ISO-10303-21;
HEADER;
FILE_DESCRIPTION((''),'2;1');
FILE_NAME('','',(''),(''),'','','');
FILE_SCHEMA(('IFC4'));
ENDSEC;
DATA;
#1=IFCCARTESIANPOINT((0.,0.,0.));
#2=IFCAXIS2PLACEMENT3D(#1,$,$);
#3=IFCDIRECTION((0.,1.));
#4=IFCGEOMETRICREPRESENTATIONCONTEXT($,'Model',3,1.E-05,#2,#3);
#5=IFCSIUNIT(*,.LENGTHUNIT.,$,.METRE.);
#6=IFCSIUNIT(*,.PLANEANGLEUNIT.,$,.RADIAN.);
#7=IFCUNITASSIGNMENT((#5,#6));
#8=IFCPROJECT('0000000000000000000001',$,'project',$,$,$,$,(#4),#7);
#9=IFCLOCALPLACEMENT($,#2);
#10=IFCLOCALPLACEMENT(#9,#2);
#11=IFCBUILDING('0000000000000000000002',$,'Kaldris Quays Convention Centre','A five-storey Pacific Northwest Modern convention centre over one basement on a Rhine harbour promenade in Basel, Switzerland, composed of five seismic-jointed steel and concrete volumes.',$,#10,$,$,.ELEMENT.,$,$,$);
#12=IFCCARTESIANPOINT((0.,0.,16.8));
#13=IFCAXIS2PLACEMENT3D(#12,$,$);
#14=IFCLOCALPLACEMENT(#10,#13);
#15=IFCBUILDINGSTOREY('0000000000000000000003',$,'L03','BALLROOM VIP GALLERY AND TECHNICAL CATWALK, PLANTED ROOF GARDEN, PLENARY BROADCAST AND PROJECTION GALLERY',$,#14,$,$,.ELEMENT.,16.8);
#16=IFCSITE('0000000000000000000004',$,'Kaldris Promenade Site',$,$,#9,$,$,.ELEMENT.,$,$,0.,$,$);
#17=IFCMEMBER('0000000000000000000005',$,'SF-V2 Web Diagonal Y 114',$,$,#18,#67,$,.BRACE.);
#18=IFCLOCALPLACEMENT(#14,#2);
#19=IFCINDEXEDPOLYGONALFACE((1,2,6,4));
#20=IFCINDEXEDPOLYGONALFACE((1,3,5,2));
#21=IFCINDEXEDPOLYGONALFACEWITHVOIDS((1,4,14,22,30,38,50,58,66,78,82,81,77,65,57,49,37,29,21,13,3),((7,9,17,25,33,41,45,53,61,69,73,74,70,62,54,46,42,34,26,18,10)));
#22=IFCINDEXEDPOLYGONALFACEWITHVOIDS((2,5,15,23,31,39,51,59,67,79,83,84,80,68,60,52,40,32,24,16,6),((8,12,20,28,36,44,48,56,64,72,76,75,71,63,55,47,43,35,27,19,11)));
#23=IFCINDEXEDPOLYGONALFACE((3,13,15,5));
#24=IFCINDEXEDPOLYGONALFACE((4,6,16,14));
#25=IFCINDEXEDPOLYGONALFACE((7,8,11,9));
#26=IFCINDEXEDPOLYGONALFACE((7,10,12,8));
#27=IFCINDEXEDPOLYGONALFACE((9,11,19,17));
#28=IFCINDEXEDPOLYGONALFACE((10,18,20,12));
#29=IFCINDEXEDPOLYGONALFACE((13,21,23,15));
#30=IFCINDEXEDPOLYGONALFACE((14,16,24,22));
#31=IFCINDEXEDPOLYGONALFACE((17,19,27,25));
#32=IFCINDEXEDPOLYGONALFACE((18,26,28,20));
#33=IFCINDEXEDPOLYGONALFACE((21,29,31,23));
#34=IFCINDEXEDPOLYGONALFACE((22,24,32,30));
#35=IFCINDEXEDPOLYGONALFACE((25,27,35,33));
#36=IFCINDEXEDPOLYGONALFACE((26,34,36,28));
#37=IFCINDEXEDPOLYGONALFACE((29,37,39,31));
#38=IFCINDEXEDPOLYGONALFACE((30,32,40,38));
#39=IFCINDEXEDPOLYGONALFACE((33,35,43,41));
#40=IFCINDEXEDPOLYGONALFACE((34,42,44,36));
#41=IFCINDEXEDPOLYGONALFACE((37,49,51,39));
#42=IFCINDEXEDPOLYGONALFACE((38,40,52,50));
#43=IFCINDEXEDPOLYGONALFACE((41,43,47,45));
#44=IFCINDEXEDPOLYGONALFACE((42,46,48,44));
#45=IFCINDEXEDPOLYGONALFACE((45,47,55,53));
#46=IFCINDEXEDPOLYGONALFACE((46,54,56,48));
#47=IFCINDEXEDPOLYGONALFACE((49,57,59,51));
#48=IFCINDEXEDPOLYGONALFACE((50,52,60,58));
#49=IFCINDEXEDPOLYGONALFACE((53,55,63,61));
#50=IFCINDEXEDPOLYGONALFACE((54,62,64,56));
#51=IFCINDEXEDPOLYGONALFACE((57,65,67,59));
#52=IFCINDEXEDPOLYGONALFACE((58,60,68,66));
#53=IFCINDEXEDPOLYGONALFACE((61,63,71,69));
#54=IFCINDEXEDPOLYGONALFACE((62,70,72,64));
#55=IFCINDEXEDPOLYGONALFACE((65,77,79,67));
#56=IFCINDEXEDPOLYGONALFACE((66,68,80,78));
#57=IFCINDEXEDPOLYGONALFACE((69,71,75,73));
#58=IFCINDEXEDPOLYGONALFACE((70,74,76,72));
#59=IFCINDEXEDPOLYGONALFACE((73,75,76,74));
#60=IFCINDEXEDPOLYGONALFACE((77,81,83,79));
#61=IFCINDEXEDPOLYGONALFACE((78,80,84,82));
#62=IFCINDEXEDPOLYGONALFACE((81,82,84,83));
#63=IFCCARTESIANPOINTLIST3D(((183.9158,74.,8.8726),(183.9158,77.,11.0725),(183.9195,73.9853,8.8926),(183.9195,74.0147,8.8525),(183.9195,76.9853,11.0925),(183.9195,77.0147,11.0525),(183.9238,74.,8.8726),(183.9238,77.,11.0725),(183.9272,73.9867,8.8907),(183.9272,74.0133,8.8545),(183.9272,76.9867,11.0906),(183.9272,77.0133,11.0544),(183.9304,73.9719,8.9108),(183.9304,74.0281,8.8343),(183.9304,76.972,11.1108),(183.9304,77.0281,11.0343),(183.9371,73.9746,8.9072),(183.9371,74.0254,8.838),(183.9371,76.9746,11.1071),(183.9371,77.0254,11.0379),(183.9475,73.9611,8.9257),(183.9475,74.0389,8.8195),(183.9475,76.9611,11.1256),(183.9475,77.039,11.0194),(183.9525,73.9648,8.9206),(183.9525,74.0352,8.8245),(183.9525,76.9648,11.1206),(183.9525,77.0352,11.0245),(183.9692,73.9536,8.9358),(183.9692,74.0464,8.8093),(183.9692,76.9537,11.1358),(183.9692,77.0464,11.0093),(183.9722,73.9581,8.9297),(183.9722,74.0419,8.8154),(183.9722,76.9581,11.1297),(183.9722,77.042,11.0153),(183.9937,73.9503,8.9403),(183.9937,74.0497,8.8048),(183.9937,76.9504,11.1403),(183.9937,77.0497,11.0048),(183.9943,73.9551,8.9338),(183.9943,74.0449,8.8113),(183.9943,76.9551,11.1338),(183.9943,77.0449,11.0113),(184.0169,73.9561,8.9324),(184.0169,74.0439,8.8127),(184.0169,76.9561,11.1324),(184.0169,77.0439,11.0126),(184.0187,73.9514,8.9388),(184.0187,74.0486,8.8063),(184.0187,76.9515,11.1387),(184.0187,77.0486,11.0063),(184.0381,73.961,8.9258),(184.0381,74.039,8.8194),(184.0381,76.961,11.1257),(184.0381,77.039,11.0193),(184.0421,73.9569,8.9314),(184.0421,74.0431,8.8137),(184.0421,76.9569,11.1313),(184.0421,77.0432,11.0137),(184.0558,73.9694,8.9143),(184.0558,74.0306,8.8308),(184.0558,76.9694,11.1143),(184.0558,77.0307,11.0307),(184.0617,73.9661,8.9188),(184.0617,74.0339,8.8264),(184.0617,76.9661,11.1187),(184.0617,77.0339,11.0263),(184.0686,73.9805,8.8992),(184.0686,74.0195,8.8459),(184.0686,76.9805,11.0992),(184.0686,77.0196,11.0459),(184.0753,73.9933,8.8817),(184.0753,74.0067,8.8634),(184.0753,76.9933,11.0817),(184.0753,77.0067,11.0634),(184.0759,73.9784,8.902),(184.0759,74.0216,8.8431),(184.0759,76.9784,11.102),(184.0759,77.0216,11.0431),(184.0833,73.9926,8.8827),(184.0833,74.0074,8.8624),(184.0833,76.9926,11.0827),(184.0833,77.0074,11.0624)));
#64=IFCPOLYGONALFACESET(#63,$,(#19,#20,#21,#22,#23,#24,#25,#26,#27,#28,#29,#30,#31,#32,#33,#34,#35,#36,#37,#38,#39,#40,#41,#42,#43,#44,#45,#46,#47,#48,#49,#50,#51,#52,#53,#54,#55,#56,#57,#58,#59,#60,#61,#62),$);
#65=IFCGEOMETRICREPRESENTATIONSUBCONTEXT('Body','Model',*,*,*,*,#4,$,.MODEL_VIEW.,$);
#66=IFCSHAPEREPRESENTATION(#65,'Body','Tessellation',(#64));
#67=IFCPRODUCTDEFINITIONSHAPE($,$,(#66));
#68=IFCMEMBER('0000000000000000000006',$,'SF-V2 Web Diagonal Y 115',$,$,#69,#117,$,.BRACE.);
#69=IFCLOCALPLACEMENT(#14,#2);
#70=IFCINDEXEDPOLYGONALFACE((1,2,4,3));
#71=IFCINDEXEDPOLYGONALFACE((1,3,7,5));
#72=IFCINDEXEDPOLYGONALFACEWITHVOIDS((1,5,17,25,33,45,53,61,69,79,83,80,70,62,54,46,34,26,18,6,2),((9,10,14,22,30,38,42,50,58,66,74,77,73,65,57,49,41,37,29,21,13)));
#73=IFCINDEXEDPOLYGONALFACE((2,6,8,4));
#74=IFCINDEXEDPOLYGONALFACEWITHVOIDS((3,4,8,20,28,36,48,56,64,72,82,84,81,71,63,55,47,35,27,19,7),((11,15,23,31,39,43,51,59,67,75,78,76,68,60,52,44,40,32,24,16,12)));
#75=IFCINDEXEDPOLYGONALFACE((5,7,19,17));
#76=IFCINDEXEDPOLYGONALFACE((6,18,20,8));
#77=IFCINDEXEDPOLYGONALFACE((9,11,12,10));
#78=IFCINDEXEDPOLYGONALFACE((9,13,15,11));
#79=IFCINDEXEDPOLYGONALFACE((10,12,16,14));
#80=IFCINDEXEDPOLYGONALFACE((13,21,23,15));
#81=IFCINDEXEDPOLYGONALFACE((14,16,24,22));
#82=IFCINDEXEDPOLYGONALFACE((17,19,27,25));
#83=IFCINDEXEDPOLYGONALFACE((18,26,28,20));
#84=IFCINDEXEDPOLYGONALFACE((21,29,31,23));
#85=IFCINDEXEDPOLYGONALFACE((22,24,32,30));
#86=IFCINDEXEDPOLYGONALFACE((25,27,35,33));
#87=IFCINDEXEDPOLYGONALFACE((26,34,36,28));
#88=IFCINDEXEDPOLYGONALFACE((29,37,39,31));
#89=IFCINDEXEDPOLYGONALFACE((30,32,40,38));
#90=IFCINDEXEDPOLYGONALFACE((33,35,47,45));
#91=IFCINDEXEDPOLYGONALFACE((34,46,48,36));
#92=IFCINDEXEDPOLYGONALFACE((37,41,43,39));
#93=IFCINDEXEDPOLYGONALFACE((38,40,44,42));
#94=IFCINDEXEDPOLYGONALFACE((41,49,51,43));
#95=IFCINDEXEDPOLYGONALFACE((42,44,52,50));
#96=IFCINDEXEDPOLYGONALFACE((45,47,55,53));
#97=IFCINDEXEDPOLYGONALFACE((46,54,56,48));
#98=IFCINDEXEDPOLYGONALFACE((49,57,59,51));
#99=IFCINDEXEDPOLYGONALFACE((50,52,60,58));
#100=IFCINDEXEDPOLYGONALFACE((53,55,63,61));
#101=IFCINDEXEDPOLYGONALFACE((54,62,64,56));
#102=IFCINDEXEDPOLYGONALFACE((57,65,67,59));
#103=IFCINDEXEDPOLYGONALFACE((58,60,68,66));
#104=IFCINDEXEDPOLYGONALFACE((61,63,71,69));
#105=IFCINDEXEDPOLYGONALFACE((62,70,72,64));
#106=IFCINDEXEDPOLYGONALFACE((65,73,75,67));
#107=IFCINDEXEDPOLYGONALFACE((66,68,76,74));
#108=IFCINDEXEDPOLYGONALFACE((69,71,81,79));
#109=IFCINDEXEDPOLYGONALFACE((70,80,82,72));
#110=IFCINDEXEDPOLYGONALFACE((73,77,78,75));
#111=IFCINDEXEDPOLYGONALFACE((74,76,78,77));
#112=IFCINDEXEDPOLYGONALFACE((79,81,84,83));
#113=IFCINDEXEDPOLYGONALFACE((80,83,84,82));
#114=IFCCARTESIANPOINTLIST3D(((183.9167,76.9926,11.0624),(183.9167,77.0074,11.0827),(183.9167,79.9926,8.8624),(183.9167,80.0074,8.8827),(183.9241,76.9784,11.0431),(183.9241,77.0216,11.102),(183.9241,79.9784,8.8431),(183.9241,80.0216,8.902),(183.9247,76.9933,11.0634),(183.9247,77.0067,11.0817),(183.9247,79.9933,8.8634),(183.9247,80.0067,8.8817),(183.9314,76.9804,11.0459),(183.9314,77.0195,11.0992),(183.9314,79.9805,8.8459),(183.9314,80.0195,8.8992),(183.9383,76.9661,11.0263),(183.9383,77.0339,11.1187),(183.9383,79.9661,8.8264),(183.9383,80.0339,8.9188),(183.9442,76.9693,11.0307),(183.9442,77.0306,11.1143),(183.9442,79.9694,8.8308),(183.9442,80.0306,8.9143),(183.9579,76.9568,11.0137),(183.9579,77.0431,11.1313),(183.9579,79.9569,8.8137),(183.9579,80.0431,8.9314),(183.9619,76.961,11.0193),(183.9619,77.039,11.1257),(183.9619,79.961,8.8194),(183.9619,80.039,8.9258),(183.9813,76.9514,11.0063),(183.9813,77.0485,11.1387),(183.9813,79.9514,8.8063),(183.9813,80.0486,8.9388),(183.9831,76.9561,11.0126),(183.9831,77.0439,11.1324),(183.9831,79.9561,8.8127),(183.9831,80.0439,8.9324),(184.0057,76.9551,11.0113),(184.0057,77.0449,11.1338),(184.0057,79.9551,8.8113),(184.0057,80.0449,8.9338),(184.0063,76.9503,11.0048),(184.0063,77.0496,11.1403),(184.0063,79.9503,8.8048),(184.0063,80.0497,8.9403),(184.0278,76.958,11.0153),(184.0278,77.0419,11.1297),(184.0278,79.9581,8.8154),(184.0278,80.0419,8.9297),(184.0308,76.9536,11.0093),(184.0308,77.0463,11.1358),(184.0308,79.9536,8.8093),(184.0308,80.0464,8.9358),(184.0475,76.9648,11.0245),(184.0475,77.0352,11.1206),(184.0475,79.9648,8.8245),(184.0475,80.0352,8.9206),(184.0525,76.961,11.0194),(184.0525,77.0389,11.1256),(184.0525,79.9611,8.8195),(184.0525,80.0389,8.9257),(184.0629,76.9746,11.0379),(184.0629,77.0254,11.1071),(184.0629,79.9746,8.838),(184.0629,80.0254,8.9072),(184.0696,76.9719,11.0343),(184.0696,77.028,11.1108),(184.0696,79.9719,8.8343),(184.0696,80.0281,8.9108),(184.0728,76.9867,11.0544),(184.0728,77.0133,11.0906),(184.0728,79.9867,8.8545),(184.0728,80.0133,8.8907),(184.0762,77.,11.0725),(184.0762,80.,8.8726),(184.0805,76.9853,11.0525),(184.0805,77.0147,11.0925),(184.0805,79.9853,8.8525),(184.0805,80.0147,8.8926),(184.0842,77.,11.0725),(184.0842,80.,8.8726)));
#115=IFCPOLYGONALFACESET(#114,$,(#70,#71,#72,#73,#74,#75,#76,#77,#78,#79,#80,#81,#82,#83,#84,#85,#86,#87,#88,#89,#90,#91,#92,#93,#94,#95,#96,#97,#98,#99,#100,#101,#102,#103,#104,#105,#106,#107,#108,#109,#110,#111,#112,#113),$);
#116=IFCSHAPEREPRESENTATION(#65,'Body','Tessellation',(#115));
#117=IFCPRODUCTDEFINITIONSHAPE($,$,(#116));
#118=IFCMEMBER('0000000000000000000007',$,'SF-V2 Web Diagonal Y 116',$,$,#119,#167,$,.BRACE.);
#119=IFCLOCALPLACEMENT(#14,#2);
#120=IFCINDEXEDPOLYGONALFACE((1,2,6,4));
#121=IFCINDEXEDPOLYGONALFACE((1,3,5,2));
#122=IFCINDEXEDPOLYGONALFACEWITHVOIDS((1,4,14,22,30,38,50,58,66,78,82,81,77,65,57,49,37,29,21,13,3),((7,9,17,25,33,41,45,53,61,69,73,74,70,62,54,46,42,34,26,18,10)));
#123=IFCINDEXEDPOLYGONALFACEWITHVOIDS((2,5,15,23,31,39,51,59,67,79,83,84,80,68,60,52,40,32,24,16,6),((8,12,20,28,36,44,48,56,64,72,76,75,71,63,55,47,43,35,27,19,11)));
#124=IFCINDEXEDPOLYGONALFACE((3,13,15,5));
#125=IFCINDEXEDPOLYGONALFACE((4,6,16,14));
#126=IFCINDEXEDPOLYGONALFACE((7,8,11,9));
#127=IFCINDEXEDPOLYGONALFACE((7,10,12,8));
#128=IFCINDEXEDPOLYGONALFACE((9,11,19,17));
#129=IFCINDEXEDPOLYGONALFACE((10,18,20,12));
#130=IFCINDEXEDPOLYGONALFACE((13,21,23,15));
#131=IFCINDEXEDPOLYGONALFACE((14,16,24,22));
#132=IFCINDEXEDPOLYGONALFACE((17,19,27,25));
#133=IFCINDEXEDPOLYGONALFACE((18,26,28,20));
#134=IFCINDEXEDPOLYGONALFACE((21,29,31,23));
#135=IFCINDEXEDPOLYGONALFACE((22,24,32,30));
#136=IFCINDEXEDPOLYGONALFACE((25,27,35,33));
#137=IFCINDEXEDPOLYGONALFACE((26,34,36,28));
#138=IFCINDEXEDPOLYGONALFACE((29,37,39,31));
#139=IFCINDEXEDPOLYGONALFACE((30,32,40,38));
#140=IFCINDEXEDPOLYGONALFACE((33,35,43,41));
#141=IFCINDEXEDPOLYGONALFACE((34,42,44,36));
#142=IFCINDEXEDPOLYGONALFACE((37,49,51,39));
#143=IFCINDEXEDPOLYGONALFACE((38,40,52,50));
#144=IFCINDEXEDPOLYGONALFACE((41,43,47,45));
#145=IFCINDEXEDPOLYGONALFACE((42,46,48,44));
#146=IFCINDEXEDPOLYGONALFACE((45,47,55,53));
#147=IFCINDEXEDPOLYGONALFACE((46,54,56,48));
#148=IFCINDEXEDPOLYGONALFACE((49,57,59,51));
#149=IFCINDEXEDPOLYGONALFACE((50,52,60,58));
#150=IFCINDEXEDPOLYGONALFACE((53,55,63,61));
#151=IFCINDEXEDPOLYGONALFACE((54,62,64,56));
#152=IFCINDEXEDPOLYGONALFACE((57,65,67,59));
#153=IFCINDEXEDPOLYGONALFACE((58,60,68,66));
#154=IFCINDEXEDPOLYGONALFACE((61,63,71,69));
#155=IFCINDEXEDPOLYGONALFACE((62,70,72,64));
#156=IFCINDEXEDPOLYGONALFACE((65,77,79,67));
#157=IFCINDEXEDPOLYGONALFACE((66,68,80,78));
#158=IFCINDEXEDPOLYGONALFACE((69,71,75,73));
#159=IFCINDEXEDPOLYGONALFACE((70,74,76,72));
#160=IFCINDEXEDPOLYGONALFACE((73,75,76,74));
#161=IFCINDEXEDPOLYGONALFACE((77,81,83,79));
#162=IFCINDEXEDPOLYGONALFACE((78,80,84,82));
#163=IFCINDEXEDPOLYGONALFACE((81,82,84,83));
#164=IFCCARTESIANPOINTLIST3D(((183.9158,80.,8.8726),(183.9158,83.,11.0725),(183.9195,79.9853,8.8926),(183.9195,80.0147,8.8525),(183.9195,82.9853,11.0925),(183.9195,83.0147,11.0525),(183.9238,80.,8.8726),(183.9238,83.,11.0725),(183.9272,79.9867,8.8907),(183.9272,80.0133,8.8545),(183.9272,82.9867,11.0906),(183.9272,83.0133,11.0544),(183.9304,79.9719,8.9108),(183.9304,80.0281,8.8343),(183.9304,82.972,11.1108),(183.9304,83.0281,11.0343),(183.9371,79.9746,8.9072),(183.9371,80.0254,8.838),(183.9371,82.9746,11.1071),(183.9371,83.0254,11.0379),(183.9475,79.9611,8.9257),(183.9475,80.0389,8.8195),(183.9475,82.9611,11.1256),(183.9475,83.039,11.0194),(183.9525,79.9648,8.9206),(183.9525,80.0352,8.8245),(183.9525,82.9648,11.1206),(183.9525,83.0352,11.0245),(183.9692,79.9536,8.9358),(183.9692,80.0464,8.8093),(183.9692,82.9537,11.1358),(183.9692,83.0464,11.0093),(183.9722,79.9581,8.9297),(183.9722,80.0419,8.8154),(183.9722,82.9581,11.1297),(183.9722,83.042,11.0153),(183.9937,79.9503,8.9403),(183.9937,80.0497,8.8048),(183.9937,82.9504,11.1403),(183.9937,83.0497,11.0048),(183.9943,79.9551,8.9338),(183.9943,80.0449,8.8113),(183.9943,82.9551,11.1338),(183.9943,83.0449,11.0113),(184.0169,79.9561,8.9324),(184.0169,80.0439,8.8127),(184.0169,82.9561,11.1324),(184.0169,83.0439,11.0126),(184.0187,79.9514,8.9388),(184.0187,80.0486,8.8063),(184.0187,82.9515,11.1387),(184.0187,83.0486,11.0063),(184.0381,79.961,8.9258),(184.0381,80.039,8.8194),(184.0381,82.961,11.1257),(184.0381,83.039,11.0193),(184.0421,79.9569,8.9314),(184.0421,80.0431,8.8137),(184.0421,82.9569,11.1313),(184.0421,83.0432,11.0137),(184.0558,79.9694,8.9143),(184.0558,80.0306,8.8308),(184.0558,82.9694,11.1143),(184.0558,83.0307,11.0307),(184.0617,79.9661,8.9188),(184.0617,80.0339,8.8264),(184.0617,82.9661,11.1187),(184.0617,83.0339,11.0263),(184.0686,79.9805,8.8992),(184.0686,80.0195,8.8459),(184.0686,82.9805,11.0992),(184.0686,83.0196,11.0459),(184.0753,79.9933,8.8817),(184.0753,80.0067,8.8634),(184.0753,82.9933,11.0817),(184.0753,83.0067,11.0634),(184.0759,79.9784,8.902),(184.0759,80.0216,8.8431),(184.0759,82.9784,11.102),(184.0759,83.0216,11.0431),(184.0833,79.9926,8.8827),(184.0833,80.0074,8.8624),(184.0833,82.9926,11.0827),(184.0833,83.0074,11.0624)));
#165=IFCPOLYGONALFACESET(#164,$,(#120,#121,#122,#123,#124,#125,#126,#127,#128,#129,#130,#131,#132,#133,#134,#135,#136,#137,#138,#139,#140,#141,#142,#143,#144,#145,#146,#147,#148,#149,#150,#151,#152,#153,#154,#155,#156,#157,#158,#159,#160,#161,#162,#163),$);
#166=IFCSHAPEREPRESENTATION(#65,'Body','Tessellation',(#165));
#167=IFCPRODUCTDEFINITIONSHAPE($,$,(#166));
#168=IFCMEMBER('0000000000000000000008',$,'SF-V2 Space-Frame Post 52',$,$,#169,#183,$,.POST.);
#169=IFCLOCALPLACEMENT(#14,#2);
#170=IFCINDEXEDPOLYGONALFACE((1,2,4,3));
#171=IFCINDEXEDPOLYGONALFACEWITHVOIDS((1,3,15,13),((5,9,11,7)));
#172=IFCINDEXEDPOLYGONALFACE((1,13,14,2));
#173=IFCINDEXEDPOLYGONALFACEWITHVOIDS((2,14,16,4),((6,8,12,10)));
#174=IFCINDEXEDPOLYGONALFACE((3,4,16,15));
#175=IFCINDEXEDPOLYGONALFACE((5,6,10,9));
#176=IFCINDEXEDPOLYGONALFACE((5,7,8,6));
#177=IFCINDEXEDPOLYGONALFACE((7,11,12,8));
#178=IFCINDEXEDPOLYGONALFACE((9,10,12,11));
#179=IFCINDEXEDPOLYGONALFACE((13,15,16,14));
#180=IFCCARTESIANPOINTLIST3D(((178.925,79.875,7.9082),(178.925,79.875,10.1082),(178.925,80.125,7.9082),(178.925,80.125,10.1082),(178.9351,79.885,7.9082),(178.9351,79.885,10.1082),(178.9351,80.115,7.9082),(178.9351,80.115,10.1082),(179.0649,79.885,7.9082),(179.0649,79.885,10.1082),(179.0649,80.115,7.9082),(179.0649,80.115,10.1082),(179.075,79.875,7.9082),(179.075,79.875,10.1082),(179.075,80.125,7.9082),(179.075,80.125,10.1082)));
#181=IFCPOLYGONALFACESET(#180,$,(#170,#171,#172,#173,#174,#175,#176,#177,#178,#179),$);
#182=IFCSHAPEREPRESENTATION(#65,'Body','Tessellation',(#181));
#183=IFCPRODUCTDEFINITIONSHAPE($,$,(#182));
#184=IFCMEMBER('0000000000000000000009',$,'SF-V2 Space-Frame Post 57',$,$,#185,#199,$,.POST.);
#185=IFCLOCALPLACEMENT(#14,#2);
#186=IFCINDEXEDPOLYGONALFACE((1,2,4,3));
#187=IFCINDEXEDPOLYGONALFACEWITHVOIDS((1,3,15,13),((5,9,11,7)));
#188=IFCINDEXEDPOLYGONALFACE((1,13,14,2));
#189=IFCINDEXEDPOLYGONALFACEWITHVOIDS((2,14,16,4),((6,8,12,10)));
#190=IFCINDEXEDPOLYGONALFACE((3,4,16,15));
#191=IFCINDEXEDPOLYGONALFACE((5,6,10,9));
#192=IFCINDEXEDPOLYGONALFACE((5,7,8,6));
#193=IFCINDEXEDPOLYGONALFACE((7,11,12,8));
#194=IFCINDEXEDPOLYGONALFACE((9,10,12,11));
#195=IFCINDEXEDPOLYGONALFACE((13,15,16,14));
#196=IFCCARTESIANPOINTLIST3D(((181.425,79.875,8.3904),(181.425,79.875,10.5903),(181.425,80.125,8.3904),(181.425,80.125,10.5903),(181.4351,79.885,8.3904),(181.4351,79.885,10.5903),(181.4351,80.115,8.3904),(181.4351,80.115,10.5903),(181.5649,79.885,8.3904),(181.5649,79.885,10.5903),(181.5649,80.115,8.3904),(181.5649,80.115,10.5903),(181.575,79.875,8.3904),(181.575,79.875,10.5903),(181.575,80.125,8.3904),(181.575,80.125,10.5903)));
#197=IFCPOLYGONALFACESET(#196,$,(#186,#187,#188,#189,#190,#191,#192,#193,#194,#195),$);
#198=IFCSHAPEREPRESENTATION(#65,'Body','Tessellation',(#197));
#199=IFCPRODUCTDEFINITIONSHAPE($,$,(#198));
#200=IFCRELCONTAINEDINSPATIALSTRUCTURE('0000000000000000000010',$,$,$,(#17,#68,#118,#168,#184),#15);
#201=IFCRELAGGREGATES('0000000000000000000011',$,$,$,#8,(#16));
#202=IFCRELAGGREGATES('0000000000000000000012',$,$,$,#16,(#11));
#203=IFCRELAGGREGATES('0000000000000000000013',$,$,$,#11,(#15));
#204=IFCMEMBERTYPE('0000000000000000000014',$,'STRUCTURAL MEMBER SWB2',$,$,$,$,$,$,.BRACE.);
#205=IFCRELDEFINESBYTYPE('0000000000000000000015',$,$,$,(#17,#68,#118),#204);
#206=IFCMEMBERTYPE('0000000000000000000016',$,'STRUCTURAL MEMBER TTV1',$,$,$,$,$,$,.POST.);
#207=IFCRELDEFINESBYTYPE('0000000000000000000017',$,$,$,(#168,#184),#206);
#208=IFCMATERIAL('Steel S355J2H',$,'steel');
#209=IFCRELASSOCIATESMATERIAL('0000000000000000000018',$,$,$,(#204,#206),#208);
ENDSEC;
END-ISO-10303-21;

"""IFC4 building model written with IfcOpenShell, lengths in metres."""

from ifc_helpers import new_model, si_unit, direction, frame, origin, origin_2d, place, context, subcontext, project, spatial, hollow_rectangle, hollow_circle, extrude, material, material_profile, profile_set, type_object, element, save


model = new_model("IFC4")

# Units and contexts
model_context = context("Model", 3, precision=1e-05, world=origin(), true_north=direction((0.0, 1.0)))
body_context = subcontext(model_context, "Body", "Model", "MODEL_VIEW")
ifc_project = project(units=[si_unit("LENGTHUNIT", "METRE"), si_unit("PLANEANGLEUNIT", "RADIAN")], contexts=[model_context])

# Site, building, storey
site_placement = place(None, origin())
site = spatial("IfcSite", under=ifc_project, at=site_placement, Name="Kaldris Promenade Site", CompositionType="ELEMENT", RefElevation=0.0)
building_placement = place(site_placement, origin())
building = spatial("IfcBuilding", under=site, at=building_placement, Name="Kaldris Quays Convention Centre", Description="A five-storey Pacific Northwest Modern convention centre over one basement on a Rhine harbour promenade in Basel, Switzerland, composed of five seismic-jointed steel and concrete volumes.", CompositionType="ELEMENT")
storey_placement = place(building_placement, frame((0.0, 0.0, 16.8)))
storey = spatial("IfcBuildingStorey", under=building, at=storey_placement, Name="L03", Description="BALLROOM VIP GALLERY AND TECHNICAL CATWALK, PLANTED ROOF GARDEN, PLENARY BROADCAST AND PROJECTION GALLERY", CompositionType="ELEMENT", Elevation=16.8)

# Members
ifc_material_1 = material(Name="Steel S355J2H", Category="steel")
ifc_material_profile_1 = material_profile(ifc_material_1, hollow_circle(Radius=0.0842, WallThickness=0.0081, at=origin_2d()), Name="CHS 168.3x8")
ifc_profile_set_1 = profile_set([ifc_material_profile_1], Name="Steel S355J2H")
member_type_1 = type_object("IfcMemberType", Name="STRUCTURAL MEMBER SWB2", PredefinedType="BRACE", material=ifc_profile_set_1)
for number, where, z_axis, x_axis, name in (
    (1, (184.0, 74.0, 8.8726), (0.0, 0.806411, 0.591355), (-1.0, 0.0, 0.0), "SF-V2 Web Diagonal Y 114"),
    (2, (184.0, 80.0, 8.8726), (0.0, -0.806411, 0.591355), (1.0, 0.0, 0.0), "SF-V2 Web Diagonal Y 115"),
    (3, (184.0, 80.0, 8.8726), (0.0, 0.806411, 0.591355), (-1.0, 0.0, 0.0), "SF-V2 Web Diagonal Y 116"),
):
    element("IfcMember", number, at=place(storey_placement, frame(where, z_axis=z_axis, x_axis=x_axis)), inside=storey, type_object=member_type_1, Name=name, PredefinedType="BRACE", context=body_context, shape_type="SweptSolid", body=[
        extrude(hollow_circle(Radius=0.0842, WallThickness=0.0081, at=origin_2d()), origin(), (0.0, 0.0, 1.0), 3.7202),
    ])
ifc_material_profile_2 = material_profile(ifc_material_1, hollow_rectangle(XDim=0.1499, YDim=0.25, WallThickness=0.01, at=origin_2d()), Name="RHS 250x150x10")
ifc_profile_set_2 = profile_set([ifc_material_profile_2], Name="Steel S355J2H")
member_type_2 = type_object("IfcMemberType", Name="STRUCTURAL MEMBER TTV1", PredefinedType="POST", material=ifc_profile_set_2)
for number, where, z_axis, x_axis, name in (
    (4, (179.0, 80.0, 7.9082), (0.0, 0.0, 1.0), (1.0, 0.0, 0.0), "SF-V2 Space-Frame Post 52"),
    (5, (181.5, 80.0, 8.3904), (0.0, 0.0, 1.0), (1.0, 0.0, 0.0), "SF-V2 Space-Frame Post 57"),
):
    element("IfcMember", number, at=place(storey_placement, frame(where, z_axis=z_axis, x_axis=x_axis)), inside=storey, type_object=member_type_2, Name=name, PredefinedType="POST", context=body_context, shape_type="SweptSolid", body=[
        extrude(hollow_rectangle(XDim=0.1499, YDim=0.25, WallThickness=0.01, at=origin_2d()), origin(), (0.0, 0.0, 1.0), 2.2),
    ])

save(model, "model.ifc")
